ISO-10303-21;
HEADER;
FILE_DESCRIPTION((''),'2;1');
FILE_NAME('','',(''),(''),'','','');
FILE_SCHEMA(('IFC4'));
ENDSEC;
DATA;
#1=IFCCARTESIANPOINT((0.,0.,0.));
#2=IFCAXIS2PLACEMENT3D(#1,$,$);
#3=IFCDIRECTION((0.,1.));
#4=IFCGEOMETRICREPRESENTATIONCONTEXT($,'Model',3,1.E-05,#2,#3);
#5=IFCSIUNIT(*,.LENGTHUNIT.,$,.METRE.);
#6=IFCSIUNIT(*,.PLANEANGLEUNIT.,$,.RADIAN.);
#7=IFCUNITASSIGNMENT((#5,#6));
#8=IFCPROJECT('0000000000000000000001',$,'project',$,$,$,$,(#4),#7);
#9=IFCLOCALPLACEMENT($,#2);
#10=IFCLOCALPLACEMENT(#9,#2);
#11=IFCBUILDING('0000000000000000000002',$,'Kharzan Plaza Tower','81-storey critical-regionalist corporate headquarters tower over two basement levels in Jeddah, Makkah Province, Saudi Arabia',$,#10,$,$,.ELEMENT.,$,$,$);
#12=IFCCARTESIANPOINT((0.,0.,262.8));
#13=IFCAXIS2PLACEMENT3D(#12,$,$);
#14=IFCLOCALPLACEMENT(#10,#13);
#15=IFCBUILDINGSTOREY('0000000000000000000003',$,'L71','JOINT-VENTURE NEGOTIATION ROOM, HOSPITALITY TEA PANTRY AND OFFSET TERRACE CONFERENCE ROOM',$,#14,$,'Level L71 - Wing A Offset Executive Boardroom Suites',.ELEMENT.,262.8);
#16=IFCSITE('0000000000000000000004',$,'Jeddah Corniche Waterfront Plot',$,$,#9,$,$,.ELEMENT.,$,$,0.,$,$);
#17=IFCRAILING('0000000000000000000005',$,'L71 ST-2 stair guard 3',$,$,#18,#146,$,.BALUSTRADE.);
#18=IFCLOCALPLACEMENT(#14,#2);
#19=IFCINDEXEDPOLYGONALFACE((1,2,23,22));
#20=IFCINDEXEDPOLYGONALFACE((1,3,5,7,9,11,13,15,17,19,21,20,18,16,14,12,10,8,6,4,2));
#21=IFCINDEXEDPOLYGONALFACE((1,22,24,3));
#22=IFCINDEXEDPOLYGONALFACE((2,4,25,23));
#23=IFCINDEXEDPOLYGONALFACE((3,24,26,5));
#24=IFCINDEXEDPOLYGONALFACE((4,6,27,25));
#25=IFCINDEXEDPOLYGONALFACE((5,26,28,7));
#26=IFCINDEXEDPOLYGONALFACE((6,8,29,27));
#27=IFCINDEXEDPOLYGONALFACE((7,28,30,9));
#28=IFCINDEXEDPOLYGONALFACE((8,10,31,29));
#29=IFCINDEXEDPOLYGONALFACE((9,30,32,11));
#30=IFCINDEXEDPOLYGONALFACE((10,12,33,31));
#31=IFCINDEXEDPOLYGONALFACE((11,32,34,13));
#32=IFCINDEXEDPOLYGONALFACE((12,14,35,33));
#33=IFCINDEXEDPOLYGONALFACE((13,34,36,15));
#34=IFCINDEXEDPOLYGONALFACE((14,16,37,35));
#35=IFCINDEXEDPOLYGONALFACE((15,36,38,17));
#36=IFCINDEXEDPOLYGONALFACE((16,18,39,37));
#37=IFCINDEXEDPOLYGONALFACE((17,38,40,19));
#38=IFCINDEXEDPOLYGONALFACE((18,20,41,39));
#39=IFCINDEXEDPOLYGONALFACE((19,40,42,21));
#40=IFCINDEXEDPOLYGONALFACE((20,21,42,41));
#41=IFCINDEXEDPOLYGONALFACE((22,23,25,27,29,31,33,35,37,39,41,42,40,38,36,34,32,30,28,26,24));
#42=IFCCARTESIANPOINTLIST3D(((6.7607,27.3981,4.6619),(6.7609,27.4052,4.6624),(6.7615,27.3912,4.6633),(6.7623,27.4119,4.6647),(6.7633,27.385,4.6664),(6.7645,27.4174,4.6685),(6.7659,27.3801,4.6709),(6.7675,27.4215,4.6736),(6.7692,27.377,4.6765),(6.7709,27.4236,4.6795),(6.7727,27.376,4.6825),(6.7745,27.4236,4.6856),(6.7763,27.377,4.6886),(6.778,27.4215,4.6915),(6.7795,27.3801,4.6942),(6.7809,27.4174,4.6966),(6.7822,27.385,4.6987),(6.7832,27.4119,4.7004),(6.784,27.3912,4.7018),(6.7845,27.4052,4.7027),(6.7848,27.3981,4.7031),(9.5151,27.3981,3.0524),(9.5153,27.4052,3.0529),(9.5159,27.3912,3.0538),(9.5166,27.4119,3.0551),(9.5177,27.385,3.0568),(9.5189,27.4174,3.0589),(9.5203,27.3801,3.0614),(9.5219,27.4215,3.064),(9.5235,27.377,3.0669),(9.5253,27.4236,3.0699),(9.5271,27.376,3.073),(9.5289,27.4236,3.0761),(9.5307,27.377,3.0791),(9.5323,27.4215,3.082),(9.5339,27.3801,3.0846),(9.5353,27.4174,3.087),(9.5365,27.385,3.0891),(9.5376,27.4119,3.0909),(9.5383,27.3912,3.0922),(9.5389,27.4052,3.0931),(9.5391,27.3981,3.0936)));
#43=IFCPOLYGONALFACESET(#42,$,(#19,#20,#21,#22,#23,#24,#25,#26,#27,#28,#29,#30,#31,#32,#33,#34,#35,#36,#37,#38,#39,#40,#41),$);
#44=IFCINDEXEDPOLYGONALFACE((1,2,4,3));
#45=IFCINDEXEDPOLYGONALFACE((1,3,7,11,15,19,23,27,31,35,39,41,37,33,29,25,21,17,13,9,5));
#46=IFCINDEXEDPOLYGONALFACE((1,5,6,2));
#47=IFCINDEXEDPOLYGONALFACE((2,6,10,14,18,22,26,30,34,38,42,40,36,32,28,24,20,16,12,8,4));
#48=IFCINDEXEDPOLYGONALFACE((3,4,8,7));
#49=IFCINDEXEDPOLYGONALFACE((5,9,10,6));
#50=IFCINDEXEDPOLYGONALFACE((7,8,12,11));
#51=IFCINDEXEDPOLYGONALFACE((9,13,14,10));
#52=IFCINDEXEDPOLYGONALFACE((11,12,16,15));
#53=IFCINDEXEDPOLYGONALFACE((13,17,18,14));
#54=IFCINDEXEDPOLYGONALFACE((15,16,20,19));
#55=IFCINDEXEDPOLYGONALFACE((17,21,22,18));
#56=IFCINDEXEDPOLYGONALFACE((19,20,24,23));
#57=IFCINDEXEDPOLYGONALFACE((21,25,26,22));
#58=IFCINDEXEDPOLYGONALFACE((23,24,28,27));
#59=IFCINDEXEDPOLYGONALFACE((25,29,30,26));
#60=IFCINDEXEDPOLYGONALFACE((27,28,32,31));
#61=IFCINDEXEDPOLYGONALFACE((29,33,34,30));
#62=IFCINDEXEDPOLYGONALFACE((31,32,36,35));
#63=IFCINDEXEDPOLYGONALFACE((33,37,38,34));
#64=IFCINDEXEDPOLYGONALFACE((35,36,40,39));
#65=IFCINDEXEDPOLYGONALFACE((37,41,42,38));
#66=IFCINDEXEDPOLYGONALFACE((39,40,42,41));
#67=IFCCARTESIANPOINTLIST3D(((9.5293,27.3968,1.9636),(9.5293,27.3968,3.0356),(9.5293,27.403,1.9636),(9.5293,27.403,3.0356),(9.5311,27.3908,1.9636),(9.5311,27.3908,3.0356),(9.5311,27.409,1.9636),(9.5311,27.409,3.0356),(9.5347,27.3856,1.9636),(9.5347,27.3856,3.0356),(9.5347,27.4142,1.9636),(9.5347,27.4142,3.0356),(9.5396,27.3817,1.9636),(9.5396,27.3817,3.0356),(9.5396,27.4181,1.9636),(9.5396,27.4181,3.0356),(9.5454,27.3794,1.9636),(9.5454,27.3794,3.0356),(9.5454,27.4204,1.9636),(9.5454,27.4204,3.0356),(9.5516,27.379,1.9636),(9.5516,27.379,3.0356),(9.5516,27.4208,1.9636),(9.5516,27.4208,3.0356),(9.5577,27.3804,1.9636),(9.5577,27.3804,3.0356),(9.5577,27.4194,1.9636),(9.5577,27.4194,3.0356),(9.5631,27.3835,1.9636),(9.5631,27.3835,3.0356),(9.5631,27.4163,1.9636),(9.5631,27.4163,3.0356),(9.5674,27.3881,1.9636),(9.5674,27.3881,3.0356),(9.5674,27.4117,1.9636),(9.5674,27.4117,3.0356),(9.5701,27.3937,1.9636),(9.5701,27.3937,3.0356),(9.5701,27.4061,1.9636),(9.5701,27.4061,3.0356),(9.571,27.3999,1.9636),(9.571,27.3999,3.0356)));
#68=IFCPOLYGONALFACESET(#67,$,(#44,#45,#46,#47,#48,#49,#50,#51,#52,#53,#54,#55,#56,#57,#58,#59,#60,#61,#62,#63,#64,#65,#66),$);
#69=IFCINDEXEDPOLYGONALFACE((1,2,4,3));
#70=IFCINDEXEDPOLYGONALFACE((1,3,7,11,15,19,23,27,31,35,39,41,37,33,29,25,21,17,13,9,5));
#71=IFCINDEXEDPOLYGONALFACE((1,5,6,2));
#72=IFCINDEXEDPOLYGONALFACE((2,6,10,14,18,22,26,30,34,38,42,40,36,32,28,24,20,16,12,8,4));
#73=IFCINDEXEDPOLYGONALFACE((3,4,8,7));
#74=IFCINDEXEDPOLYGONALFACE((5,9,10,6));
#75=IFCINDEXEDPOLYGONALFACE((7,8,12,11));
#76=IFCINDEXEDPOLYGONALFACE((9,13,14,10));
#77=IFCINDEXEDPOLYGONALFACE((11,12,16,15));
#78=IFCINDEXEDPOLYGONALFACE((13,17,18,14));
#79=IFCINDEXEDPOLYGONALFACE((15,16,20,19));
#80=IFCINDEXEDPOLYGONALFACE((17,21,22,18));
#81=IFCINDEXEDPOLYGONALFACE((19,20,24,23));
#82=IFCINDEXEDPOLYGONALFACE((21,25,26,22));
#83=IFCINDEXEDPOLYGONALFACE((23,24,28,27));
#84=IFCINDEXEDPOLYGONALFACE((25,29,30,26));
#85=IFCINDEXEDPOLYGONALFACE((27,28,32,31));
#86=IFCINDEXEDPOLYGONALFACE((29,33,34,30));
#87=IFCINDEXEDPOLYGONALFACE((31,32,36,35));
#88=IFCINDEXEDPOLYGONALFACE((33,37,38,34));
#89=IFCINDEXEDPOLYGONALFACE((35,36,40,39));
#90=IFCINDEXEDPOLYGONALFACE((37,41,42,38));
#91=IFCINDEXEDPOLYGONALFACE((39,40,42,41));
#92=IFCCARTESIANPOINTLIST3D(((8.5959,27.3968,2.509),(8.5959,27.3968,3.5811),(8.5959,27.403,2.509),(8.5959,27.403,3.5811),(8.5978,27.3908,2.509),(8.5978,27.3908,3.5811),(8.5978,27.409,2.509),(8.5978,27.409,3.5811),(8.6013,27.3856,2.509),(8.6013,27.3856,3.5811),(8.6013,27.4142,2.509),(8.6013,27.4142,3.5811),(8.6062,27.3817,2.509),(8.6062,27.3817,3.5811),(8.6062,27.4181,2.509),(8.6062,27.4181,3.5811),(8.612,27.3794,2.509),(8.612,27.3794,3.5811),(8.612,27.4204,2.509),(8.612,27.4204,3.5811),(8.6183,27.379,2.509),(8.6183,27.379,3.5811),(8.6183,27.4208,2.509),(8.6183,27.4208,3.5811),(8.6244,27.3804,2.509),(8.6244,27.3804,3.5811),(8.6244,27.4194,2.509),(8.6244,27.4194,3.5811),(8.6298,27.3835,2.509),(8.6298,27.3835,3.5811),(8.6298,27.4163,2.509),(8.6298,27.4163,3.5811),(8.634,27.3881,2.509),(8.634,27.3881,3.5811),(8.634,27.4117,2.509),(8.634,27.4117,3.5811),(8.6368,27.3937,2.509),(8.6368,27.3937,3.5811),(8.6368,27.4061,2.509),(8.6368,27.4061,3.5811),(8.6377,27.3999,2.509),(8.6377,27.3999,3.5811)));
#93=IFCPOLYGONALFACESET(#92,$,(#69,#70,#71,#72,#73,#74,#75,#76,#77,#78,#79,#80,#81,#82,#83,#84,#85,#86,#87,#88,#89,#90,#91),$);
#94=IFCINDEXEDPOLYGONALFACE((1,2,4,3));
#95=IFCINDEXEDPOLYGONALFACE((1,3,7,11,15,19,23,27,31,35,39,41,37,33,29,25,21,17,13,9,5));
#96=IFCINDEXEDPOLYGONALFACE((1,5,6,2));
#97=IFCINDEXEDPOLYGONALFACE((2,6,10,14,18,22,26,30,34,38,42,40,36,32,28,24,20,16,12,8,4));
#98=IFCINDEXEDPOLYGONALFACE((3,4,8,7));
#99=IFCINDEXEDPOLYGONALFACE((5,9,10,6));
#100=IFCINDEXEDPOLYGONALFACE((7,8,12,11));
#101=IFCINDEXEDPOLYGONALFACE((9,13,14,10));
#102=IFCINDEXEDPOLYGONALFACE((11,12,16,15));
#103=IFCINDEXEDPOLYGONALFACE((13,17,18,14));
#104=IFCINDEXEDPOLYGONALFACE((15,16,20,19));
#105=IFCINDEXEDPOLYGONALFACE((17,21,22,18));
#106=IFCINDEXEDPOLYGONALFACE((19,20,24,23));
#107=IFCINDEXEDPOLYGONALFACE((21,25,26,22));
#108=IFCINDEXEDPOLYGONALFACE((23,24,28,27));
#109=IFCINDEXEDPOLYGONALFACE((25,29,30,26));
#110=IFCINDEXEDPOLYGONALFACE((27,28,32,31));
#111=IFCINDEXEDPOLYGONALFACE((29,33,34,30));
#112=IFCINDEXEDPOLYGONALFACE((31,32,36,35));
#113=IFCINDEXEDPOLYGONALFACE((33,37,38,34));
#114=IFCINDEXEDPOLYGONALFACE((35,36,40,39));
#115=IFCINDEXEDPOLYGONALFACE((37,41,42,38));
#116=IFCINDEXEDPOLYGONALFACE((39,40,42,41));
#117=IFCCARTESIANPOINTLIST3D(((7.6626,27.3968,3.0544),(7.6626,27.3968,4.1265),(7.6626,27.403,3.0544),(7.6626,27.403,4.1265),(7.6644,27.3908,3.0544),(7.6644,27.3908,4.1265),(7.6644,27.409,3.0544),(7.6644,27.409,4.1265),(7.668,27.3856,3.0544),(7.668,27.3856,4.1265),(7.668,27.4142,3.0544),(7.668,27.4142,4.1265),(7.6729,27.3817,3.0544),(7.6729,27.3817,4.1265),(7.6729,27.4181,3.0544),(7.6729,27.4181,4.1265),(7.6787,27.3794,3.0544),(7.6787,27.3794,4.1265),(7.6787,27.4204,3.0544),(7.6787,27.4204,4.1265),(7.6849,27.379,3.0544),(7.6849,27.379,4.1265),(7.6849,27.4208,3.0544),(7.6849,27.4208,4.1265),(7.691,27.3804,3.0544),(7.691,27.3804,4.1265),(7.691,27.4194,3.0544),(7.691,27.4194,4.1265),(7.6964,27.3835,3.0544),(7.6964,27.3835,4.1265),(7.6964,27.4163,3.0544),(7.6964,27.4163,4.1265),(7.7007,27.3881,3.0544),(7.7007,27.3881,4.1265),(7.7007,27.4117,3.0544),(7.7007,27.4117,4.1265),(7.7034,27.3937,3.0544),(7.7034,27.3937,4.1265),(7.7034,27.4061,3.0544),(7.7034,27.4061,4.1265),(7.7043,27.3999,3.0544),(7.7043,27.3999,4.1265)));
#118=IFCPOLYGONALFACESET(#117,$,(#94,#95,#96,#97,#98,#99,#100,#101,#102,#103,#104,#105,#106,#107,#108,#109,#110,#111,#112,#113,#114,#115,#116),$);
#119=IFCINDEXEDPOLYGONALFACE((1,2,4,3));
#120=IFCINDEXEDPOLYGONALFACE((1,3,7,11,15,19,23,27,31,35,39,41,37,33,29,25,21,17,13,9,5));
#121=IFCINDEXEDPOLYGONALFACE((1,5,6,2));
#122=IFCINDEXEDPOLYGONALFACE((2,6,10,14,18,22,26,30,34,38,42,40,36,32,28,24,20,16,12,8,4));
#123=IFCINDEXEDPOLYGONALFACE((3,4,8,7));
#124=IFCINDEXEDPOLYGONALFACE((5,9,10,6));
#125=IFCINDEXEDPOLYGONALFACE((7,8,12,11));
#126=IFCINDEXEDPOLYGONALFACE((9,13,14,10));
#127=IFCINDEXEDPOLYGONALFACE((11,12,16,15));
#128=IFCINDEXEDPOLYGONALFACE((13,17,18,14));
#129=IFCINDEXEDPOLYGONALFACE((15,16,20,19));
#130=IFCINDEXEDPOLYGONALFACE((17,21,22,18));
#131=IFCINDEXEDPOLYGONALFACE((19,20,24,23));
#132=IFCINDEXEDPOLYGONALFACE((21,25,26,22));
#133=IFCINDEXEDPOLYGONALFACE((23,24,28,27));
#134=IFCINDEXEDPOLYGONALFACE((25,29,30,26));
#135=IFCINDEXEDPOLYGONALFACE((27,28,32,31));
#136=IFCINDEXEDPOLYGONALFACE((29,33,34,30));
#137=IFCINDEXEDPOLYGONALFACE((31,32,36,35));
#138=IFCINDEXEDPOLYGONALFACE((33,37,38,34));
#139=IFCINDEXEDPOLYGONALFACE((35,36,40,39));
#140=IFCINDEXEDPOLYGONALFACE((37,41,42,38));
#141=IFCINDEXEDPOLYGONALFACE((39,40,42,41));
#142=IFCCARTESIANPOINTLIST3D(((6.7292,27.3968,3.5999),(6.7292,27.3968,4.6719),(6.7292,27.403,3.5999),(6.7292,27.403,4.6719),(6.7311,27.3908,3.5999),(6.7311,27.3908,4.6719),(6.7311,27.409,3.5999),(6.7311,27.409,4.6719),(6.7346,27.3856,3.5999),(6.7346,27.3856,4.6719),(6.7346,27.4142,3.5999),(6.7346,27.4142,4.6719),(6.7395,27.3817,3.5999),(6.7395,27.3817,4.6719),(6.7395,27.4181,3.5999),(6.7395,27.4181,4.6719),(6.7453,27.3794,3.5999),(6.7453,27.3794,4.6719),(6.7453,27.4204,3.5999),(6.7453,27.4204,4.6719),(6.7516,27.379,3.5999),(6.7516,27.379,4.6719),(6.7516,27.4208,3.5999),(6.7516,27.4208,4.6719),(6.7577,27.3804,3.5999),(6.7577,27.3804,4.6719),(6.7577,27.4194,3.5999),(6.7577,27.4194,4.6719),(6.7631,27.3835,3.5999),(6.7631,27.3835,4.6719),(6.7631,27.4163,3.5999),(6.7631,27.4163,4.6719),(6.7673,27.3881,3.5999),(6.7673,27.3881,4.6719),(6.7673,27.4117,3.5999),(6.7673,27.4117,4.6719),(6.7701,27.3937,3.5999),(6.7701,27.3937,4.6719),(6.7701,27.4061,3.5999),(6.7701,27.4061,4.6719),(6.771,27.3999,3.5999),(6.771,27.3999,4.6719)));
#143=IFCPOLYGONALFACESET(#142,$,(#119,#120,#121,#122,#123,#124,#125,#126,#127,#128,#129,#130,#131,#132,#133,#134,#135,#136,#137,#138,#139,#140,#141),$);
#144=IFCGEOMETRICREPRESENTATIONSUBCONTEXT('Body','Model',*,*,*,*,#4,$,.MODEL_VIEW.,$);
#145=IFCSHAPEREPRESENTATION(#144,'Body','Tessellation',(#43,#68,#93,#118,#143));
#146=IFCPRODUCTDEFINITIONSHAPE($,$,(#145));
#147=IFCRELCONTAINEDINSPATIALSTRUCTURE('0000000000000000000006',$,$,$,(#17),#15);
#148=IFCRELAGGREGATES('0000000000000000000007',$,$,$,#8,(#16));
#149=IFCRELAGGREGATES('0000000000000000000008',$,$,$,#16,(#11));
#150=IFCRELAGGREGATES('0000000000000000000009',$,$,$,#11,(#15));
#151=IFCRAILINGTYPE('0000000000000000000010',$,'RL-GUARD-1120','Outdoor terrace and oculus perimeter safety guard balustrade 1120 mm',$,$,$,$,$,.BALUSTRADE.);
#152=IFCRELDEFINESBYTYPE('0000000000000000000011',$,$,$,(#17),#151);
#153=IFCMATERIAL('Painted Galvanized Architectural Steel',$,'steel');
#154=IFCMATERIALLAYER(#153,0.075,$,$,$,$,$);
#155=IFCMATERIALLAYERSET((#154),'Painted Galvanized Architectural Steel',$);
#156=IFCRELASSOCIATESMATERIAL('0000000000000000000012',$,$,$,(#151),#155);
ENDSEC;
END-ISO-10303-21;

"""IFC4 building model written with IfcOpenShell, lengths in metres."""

from ifc_helpers import new_model, si_unit, direction, frame, origin, origin_2d, place, context, subcontext, project, spatial, circle, extrude, source, transform, mapped, material, layer, layer_set, type_object, element, save


model = new_model("IFC4")

# Units and contexts
model_context = context("Model", 3, precision=1e-05, world=origin(), true_north=direction((0.0, 1.0)))
body_context = subcontext(model_context, "Body", "Model", "MODEL_VIEW")
ifc_project = project(units=[si_unit("LENGTHUNIT", "METRE"), si_unit("PLANEANGLEUNIT", "RADIAN")], contexts=[model_context])

# Site, building, storey
site_placement = place(None, origin())
site = spatial("IfcSite", under=ifc_project, at=site_placement, Name="Jeddah Corniche Waterfront Plot", CompositionType="ELEMENT", RefElevation=0.0)
building_placement = place(site_placement, origin())
building = spatial("IfcBuilding", under=site, at=building_placement, Name="Kharzan Plaza Tower", Description="81-storey critical-regionalist corporate headquarters tower over two basement levels in Jeddah, Makkah Province, Saudi Arabia", CompositionType="ELEMENT")
storey_placement = place(building_placement, frame((0.0, 0.0, 262.8)))
storey = spatial("IfcBuildingStorey", under=building, at=storey_placement, Name="L71", Description="JOINT-VENTURE NEGOTIATION ROOM, HOSPITALITY TEA PANTRY AND OFFSET TERRACE CONFERENCE ROOM", LongName="Level L71 - Wing A Offset Executive Boardroom Suites", CompositionType="ELEMENT", Elevation=262.8)

# Railing
ifc_material_1 = material(Name="Painted Galvanized Architectural Steel", Category="steel")
ifc_layer_1 = layer(ifc_material_1, 0.075)
ifc_layer_set_1 = layer_set([ifc_layer_1], Name="Painted Galvanized Architectural Steel")
railing_type_1 = type_object("IfcRailingType", Name="RL-GUARD-1120", Description="Outdoor terrace and oculus perimeter safety guard balustrade 1120 mm", PredefinedType="BALUSTRADE", material=ifc_layer_set_1)
shared_shape_1 = source(origin(), body_context, "Body", "SweptSolid", [
    extrude(circle(Radius=0.0239, at=origin_2d()), frame((-0.0229, 0.0, 1.1094), z_axis=(-0.863394, 0.0, 0.504531), x_axis=(0.0, -1.0, 0.0)), (0.0, 0.0, 1.0), 3.1902),
    extrude(circle(Radius=0.021, at=origin_2d()), origin(), (0.0, 0.0, 1.0), 1.072),
    extrude(circle(Radius=0.021, at=origin_2d()), frame((-0.9333, 0.0, 0.5454)), (0.0, 0.0, 1.0), 1.072),
    extrude(circle(Radius=0.021, at=origin_2d()), frame((-1.8667, 0.0, 1.0908)), (0.0, 0.0, 1.0), 1.072),
    extrude(circle(Radius=0.021, at=origin_2d()), frame((-2.8, 0.0, 1.6362)), (0.0, 0.0, 1.0), 1.072),
])
railing_1_placement = place(storey_placement, frame((9.55, 27.3999, 1.9636)))
element("IfcRailing", 1, at=railing_1_placement, inside=storey, type_object=railing_type_1, Name="L71 ST-2 stair guard 3", PredefinedType="BALUSTRADE", context=body_context, shape_type="MappedRepresentation", body=[
    mapped(shared_shape_1, transform((0.0, 0.0, 0.0), x_axis=(1.0, 0.0, 0.0), y_axis=(0.0, 1.0, 0.0), z_axis=(0.0, 0.0, 1.0))),
])

save(model, "model.ifc")
